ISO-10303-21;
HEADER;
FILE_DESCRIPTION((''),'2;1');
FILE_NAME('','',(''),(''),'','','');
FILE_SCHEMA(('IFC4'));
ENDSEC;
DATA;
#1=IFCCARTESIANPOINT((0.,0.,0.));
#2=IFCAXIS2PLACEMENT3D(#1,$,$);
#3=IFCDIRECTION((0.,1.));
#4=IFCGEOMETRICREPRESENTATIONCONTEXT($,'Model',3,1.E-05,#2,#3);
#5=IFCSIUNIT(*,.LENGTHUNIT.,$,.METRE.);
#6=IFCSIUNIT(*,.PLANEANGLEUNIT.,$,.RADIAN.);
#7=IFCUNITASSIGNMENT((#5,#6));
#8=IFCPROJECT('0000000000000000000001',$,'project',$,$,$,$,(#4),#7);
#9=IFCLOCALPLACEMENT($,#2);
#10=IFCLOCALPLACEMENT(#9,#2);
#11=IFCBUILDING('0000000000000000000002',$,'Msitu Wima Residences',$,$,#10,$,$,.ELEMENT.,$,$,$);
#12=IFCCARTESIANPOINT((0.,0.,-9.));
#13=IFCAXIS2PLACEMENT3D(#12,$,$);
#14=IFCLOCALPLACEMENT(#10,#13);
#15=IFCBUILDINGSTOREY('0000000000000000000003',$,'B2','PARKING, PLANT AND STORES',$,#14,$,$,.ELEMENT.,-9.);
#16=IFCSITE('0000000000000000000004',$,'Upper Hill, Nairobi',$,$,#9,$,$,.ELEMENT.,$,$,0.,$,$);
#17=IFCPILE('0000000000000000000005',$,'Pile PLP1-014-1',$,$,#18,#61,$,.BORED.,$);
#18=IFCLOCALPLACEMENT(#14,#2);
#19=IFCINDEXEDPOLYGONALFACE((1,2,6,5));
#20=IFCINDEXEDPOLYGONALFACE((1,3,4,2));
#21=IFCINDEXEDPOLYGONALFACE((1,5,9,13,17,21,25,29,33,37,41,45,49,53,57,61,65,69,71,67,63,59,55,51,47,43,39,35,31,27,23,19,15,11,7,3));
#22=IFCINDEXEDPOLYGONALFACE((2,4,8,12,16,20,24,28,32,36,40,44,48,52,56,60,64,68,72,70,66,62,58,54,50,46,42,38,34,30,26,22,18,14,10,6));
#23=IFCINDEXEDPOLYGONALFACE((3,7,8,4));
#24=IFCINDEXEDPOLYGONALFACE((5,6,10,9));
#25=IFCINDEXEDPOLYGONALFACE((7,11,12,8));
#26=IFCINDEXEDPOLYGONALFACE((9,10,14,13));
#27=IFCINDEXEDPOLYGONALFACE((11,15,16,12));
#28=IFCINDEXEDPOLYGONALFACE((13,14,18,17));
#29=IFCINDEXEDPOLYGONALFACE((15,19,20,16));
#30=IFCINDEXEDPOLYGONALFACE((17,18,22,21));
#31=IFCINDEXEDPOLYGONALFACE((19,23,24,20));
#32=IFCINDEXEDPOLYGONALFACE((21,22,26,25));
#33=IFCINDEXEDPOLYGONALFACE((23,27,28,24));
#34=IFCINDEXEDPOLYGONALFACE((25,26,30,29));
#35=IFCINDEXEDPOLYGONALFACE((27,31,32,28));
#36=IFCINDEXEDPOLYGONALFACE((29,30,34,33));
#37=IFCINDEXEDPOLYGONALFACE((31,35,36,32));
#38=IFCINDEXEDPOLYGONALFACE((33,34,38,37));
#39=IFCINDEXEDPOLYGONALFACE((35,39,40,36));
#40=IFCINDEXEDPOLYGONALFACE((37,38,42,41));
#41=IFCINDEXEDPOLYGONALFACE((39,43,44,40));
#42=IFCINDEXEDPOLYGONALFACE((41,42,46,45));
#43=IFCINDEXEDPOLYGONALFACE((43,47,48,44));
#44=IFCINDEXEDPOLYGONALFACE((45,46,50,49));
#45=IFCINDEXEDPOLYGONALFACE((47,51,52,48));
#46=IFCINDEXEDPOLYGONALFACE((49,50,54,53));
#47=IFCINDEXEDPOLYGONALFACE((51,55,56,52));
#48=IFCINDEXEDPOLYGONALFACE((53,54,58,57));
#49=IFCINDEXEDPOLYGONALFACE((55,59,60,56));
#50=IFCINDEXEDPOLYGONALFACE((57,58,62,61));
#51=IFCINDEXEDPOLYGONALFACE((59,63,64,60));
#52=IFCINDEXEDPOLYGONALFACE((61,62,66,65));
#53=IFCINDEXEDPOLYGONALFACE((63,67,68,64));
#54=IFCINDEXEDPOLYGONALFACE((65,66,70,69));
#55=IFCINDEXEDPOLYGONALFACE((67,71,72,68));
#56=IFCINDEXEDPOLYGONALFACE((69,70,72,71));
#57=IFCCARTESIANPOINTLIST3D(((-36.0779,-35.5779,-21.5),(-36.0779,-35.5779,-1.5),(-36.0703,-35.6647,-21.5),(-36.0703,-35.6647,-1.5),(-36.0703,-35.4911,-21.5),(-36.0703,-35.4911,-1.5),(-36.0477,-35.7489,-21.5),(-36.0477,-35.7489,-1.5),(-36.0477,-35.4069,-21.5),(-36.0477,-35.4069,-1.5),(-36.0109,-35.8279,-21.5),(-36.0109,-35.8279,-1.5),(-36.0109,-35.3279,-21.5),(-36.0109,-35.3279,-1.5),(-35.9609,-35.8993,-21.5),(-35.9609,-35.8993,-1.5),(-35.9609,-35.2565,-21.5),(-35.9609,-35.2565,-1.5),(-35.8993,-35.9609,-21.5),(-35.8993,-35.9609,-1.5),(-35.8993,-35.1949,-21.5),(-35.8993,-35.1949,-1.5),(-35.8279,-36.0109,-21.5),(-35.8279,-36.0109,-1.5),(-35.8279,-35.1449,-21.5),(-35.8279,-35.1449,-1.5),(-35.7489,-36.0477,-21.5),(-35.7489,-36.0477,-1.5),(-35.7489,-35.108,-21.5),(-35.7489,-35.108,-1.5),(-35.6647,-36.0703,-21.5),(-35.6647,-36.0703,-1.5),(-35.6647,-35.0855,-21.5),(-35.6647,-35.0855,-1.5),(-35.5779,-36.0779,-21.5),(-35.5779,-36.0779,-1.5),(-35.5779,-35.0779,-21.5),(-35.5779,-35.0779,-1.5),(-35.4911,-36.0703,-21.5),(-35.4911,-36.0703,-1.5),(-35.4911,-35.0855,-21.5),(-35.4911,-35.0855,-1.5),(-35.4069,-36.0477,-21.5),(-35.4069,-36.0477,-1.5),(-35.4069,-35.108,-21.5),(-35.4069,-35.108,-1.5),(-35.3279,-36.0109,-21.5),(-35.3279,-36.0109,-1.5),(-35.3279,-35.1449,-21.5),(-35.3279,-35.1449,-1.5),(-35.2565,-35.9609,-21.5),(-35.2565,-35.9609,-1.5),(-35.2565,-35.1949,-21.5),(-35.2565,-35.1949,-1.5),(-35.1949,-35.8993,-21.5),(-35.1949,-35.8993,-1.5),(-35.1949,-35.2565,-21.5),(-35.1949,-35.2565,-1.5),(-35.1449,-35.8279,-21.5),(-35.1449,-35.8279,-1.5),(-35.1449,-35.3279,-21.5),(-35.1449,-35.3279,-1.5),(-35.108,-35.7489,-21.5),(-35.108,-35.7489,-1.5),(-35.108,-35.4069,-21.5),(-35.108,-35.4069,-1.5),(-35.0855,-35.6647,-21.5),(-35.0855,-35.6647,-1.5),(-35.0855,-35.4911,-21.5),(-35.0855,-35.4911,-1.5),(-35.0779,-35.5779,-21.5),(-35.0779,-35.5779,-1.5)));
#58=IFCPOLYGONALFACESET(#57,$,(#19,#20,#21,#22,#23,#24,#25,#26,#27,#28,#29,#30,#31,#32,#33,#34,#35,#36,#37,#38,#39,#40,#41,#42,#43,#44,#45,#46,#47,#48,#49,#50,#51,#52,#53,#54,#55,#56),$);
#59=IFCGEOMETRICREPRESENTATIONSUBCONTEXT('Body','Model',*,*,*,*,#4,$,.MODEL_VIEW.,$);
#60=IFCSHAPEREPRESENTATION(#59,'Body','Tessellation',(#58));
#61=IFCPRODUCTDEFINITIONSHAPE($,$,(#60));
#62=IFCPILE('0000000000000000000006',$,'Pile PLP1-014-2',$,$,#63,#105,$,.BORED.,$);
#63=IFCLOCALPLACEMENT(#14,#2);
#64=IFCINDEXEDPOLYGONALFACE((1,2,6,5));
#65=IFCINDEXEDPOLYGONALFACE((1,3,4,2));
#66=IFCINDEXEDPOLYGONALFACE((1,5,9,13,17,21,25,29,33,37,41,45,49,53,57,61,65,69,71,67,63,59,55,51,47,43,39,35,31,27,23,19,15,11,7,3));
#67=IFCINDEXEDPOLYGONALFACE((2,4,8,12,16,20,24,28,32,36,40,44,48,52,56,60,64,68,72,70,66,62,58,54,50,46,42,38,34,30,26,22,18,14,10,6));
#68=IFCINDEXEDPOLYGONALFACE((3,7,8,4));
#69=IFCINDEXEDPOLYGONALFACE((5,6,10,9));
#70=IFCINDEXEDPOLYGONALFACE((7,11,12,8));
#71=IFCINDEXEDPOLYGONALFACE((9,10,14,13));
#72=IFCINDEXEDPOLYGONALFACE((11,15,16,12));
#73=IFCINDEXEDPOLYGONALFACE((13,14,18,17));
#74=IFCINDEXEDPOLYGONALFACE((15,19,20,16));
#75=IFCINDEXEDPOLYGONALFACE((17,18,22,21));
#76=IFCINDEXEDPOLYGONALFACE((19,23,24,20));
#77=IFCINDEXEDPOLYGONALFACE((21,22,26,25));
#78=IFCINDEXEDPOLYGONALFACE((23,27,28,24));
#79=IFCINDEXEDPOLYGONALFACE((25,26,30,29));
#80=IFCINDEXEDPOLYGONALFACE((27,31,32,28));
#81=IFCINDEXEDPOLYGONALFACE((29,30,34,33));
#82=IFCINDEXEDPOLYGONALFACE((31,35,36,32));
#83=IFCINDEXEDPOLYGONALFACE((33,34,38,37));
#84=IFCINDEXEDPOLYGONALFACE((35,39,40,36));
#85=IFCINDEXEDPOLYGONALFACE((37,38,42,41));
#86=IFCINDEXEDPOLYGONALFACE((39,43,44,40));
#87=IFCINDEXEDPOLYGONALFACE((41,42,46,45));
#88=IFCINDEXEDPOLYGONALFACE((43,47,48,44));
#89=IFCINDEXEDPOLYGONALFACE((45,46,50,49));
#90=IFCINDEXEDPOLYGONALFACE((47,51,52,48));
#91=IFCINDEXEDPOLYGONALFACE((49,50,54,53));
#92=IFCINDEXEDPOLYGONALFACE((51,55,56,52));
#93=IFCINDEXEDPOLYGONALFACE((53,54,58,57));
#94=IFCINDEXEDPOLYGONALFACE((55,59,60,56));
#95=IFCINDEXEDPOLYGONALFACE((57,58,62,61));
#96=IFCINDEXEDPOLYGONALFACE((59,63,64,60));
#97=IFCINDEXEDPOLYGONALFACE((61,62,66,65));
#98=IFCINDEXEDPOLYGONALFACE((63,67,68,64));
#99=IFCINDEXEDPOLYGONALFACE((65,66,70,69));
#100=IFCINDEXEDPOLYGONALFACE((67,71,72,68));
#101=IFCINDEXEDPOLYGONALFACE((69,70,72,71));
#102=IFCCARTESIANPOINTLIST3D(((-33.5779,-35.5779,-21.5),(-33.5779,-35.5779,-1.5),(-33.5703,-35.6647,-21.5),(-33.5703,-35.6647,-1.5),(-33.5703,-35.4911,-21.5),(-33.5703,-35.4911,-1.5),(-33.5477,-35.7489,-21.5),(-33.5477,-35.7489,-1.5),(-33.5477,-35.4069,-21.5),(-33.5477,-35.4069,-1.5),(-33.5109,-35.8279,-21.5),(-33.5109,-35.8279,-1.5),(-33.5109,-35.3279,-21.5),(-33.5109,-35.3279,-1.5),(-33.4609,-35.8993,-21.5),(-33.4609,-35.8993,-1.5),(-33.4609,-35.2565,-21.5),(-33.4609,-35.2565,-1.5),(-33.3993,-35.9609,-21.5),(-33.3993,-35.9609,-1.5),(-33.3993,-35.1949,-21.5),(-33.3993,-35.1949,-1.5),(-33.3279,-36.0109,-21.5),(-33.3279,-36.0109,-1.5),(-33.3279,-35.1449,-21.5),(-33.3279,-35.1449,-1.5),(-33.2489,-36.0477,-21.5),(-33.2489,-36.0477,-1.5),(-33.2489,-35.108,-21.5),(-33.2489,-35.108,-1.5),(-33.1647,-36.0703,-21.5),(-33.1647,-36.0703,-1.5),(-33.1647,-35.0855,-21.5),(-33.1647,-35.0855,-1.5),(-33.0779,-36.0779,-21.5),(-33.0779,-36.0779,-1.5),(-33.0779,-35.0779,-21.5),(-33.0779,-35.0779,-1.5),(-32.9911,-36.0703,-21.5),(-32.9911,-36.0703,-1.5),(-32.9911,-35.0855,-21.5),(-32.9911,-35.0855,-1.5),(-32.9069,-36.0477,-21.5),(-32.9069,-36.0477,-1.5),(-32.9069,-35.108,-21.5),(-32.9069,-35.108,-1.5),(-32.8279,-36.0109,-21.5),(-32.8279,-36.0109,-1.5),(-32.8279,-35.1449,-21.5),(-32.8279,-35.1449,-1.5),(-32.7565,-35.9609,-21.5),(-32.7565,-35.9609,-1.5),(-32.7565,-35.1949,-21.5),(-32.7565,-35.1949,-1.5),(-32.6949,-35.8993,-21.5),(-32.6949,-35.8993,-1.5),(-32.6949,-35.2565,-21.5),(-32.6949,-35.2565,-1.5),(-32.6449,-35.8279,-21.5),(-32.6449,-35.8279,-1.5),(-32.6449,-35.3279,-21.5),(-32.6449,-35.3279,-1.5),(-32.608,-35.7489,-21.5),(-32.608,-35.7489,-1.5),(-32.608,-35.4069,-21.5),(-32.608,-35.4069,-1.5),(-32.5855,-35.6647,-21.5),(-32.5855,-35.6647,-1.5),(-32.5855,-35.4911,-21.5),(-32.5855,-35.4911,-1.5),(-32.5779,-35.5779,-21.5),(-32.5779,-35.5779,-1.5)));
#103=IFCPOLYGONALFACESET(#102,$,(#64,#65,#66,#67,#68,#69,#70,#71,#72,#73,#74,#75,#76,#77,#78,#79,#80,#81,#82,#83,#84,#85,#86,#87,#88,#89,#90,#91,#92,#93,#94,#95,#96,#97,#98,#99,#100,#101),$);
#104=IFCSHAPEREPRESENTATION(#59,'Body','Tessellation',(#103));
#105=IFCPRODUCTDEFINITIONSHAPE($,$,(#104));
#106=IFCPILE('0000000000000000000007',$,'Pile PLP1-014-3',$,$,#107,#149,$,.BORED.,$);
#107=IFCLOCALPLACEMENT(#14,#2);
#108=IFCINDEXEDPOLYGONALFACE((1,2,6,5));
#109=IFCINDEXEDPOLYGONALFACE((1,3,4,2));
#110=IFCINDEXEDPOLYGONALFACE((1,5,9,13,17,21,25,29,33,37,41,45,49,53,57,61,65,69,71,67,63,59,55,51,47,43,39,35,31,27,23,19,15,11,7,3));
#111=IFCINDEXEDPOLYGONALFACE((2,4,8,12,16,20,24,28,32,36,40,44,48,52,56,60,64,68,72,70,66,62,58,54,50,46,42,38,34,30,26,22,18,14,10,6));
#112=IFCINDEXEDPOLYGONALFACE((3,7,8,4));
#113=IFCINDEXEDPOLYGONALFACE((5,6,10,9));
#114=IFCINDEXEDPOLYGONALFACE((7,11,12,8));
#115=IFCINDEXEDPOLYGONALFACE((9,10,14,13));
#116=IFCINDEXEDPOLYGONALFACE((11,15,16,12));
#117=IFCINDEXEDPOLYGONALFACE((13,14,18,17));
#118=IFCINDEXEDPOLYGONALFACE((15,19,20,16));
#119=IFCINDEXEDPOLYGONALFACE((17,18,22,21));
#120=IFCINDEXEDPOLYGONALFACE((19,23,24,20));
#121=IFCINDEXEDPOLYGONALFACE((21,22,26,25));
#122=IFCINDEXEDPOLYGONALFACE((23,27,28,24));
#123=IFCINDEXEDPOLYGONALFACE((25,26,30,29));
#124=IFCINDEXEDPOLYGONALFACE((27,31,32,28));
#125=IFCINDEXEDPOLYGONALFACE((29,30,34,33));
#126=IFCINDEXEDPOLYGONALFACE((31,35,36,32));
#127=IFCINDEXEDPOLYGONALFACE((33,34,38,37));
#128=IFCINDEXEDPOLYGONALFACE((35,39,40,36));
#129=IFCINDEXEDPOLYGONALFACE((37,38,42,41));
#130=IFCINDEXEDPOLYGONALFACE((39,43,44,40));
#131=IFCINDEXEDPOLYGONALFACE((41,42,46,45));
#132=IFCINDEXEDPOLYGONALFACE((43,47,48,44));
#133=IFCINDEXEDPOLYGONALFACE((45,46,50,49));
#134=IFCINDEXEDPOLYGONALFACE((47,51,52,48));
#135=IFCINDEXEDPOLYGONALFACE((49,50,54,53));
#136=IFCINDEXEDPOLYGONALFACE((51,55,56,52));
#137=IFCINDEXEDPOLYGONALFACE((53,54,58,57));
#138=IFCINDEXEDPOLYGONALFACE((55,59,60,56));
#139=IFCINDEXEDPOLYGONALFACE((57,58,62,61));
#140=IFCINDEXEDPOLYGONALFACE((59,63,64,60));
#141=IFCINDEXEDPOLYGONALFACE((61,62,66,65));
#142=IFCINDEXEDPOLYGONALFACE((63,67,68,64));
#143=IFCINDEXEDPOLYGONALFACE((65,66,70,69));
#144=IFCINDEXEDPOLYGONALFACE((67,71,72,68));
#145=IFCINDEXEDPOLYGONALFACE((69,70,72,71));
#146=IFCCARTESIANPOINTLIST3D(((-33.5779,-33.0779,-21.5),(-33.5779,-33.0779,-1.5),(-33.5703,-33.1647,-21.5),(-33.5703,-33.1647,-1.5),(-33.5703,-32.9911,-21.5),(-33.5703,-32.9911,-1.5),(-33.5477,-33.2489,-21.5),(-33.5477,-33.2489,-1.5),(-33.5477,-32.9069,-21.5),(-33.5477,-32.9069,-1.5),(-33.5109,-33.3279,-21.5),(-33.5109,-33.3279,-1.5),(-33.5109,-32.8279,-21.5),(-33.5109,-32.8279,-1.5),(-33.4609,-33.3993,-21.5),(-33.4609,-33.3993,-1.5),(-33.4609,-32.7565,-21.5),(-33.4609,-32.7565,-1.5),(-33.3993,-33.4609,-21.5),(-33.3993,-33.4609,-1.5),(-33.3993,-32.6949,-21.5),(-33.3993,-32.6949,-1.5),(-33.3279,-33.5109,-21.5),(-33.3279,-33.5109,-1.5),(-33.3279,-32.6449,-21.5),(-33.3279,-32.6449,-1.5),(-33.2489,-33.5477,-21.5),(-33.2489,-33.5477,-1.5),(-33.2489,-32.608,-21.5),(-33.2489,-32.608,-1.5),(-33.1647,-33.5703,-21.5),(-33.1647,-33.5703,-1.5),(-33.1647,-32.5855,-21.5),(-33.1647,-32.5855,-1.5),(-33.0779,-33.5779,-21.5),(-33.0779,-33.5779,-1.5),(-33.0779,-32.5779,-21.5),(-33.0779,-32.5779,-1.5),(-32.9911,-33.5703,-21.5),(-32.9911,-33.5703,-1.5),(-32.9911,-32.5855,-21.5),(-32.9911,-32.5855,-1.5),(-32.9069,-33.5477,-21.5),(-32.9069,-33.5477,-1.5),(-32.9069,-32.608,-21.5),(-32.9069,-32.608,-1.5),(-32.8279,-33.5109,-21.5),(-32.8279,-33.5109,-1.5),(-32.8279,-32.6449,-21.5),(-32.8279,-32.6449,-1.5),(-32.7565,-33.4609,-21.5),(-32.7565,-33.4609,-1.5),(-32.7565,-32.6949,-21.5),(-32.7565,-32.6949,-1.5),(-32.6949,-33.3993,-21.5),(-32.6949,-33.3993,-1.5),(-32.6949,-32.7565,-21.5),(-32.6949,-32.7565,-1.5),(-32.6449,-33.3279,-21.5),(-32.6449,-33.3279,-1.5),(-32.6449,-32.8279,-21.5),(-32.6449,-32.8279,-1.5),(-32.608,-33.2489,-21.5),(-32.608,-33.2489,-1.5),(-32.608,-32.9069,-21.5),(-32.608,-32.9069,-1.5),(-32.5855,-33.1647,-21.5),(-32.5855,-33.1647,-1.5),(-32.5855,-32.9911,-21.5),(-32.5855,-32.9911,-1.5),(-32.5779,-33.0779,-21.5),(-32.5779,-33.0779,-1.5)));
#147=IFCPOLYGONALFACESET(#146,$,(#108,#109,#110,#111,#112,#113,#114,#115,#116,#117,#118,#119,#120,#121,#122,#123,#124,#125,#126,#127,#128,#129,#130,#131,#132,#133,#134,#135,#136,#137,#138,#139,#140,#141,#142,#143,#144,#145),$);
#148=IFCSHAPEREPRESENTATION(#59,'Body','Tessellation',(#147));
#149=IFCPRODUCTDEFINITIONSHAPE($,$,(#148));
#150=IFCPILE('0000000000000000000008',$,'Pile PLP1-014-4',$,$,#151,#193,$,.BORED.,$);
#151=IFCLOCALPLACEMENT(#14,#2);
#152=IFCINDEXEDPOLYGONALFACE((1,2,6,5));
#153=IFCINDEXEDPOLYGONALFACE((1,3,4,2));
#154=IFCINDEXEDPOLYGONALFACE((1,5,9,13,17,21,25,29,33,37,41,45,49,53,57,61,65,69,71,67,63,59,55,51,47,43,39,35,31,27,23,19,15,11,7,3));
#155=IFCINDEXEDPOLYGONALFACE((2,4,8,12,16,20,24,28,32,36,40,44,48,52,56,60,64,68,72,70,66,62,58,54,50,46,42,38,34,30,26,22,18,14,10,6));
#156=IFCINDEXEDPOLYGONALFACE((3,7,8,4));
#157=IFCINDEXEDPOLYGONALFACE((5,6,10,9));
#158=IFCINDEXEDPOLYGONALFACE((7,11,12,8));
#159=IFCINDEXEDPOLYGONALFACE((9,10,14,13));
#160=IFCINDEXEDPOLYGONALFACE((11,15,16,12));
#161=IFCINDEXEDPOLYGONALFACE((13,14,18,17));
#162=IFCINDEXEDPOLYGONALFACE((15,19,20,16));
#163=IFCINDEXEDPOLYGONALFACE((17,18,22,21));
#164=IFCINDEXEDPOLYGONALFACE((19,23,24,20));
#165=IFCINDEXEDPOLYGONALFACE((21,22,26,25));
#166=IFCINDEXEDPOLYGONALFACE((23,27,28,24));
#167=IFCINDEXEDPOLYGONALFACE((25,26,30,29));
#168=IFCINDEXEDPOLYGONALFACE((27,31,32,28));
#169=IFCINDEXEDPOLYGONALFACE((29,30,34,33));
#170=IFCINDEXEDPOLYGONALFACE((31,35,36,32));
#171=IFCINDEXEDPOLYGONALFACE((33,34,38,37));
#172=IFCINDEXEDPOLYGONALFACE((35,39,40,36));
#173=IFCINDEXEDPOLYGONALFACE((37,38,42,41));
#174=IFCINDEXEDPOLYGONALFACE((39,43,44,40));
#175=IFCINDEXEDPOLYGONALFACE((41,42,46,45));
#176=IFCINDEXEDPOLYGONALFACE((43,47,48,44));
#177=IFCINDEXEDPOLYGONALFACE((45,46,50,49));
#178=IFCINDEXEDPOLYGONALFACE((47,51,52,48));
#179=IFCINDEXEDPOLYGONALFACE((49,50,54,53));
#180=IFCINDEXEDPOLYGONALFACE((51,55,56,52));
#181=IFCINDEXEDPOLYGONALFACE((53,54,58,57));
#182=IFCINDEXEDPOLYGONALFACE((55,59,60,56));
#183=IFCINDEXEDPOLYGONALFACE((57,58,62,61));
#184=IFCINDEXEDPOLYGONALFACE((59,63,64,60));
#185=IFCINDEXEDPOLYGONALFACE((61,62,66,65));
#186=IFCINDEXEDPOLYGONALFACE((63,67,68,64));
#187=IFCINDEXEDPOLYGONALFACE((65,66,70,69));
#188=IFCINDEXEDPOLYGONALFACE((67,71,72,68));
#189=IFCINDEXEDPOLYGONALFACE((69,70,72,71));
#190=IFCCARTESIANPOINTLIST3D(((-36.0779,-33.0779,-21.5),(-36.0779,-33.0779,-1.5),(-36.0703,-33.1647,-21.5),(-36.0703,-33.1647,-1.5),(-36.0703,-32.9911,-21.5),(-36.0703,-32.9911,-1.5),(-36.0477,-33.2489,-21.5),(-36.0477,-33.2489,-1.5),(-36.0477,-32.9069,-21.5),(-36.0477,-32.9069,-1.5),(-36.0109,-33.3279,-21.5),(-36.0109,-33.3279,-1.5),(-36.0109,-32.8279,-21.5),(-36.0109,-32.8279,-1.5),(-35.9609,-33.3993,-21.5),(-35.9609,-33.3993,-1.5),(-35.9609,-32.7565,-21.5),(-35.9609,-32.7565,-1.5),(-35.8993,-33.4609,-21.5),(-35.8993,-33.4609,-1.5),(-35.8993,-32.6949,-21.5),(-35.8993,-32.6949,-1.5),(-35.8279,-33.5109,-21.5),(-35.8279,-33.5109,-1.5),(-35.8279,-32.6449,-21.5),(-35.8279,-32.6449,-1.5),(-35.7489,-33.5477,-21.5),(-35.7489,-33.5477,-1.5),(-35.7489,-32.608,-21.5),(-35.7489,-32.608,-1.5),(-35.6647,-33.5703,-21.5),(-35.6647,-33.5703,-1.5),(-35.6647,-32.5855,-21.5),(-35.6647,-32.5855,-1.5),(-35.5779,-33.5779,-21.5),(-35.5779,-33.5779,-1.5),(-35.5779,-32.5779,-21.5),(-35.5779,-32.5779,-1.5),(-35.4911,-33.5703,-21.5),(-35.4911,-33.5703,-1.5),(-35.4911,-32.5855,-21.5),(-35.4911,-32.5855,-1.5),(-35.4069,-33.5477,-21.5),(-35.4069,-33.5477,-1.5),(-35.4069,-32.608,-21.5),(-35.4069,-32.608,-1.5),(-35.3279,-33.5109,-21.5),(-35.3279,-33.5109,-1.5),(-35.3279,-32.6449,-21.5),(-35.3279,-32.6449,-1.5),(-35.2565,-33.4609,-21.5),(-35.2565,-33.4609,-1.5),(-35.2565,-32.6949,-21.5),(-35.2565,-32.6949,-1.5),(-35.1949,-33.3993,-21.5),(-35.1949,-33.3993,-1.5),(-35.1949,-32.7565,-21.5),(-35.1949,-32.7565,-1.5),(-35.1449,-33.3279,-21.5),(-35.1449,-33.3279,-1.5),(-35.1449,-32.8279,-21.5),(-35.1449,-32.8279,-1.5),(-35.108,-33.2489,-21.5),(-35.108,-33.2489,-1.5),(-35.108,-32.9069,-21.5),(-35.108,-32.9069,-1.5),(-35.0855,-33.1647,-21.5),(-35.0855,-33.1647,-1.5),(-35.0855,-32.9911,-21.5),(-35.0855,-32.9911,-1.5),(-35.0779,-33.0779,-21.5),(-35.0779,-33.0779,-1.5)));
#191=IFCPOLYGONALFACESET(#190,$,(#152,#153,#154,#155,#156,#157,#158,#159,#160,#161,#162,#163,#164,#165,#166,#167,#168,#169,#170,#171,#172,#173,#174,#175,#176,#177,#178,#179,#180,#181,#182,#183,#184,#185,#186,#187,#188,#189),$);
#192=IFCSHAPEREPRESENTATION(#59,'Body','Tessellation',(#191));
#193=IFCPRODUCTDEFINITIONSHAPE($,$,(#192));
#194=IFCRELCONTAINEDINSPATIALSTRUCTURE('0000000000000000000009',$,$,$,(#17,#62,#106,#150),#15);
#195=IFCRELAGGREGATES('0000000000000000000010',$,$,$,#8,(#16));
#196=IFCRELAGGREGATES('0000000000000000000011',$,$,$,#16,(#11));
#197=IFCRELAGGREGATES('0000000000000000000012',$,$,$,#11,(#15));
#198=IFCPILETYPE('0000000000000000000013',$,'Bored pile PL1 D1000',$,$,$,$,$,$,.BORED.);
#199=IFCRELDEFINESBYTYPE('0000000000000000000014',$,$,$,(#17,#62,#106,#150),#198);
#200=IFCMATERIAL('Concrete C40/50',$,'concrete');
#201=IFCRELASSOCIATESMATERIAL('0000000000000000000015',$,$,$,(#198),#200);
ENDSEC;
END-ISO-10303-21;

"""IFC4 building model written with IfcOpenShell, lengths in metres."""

from ifc_helpers import new_model, si_unit, direction, frame, origin, origin_2d, place, context, subcontext, project, spatial, circle, extrude, material, type_object, element, save


model = new_model("IFC4")

# Units and contexts
model_context = context("Model", 3, precision=1e-05, world=origin(), true_north=direction((0.0, 1.0)))
body_context = subcontext(model_context, "Body", "Model", "MODEL_VIEW")
ifc_project = project(units=[si_unit("LENGTHUNIT", "METRE"), si_unit("PLANEANGLEUNIT", "RADIAN")], contexts=[model_context])

# Site, building, storey
site_placement = place(None, origin())
site = spatial("IfcSite", under=ifc_project, at=site_placement, Name="Upper Hill, Nairobi", CompositionType="ELEMENT", RefElevation=0.0)
building_placement = place(site_placement, origin())
building = spatial("IfcBuilding", under=site, at=building_placement, Name="Msitu Wima Residences", CompositionType="ELEMENT")
storey_placement = place(building_placement, frame((0.0, 0.0, -9.0)))
storey = spatial("IfcBuildingStorey", under=building, at=storey_placement, Name="B2", Description="PARKING, PLANT AND STORES", CompositionType="ELEMENT", Elevation=-9.0)

# Piles
ifc_material_1 = material(Name="Concrete C40/50", Category="concrete")
pile_type = type_object("IfcPileType", Name="Bored pile PL1 D1000", PredefinedType="BORED", material=ifc_material_1)
for number, where, z_axis, x_axis, name in (
    (1, (-35.5779, -35.5779, -1.5), (0.0, 0.0, -1.0), (1.0, 0.0, 0.0), "Pile PLP1-014-1"),
    (2, (-33.0779, -35.5779, -1.5), (0.0, 0.0, -1.0), (1.0, 0.0, 0.0), "Pile PLP1-014-2"),
    (3, (-33.0779, -33.0779, -1.5), (0.0, 0.0, -1.0), (1.0, 0.0, 0.0), "Pile PLP1-014-3"),
    (4, (-35.5779, -33.0779, -1.5), (0.0, 0.0, -1.0), (1.0, 0.0, 0.0), "Pile PLP1-014-4"),
):
    element("IfcPile", number, at=place(storey_placement, frame(where, z_axis=z_axis, x_axis=x_axis)), inside=storey, type_object=pile_type, Name=name, PredefinedType="BORED", context=body_context, shape_type="SweptSolid", body=[
        extrude(circle(Radius=0.5, at=origin_2d()), origin(), (0.0, 0.0, 1.0), 20.0),
    ])

save(model, "model.ifc")
